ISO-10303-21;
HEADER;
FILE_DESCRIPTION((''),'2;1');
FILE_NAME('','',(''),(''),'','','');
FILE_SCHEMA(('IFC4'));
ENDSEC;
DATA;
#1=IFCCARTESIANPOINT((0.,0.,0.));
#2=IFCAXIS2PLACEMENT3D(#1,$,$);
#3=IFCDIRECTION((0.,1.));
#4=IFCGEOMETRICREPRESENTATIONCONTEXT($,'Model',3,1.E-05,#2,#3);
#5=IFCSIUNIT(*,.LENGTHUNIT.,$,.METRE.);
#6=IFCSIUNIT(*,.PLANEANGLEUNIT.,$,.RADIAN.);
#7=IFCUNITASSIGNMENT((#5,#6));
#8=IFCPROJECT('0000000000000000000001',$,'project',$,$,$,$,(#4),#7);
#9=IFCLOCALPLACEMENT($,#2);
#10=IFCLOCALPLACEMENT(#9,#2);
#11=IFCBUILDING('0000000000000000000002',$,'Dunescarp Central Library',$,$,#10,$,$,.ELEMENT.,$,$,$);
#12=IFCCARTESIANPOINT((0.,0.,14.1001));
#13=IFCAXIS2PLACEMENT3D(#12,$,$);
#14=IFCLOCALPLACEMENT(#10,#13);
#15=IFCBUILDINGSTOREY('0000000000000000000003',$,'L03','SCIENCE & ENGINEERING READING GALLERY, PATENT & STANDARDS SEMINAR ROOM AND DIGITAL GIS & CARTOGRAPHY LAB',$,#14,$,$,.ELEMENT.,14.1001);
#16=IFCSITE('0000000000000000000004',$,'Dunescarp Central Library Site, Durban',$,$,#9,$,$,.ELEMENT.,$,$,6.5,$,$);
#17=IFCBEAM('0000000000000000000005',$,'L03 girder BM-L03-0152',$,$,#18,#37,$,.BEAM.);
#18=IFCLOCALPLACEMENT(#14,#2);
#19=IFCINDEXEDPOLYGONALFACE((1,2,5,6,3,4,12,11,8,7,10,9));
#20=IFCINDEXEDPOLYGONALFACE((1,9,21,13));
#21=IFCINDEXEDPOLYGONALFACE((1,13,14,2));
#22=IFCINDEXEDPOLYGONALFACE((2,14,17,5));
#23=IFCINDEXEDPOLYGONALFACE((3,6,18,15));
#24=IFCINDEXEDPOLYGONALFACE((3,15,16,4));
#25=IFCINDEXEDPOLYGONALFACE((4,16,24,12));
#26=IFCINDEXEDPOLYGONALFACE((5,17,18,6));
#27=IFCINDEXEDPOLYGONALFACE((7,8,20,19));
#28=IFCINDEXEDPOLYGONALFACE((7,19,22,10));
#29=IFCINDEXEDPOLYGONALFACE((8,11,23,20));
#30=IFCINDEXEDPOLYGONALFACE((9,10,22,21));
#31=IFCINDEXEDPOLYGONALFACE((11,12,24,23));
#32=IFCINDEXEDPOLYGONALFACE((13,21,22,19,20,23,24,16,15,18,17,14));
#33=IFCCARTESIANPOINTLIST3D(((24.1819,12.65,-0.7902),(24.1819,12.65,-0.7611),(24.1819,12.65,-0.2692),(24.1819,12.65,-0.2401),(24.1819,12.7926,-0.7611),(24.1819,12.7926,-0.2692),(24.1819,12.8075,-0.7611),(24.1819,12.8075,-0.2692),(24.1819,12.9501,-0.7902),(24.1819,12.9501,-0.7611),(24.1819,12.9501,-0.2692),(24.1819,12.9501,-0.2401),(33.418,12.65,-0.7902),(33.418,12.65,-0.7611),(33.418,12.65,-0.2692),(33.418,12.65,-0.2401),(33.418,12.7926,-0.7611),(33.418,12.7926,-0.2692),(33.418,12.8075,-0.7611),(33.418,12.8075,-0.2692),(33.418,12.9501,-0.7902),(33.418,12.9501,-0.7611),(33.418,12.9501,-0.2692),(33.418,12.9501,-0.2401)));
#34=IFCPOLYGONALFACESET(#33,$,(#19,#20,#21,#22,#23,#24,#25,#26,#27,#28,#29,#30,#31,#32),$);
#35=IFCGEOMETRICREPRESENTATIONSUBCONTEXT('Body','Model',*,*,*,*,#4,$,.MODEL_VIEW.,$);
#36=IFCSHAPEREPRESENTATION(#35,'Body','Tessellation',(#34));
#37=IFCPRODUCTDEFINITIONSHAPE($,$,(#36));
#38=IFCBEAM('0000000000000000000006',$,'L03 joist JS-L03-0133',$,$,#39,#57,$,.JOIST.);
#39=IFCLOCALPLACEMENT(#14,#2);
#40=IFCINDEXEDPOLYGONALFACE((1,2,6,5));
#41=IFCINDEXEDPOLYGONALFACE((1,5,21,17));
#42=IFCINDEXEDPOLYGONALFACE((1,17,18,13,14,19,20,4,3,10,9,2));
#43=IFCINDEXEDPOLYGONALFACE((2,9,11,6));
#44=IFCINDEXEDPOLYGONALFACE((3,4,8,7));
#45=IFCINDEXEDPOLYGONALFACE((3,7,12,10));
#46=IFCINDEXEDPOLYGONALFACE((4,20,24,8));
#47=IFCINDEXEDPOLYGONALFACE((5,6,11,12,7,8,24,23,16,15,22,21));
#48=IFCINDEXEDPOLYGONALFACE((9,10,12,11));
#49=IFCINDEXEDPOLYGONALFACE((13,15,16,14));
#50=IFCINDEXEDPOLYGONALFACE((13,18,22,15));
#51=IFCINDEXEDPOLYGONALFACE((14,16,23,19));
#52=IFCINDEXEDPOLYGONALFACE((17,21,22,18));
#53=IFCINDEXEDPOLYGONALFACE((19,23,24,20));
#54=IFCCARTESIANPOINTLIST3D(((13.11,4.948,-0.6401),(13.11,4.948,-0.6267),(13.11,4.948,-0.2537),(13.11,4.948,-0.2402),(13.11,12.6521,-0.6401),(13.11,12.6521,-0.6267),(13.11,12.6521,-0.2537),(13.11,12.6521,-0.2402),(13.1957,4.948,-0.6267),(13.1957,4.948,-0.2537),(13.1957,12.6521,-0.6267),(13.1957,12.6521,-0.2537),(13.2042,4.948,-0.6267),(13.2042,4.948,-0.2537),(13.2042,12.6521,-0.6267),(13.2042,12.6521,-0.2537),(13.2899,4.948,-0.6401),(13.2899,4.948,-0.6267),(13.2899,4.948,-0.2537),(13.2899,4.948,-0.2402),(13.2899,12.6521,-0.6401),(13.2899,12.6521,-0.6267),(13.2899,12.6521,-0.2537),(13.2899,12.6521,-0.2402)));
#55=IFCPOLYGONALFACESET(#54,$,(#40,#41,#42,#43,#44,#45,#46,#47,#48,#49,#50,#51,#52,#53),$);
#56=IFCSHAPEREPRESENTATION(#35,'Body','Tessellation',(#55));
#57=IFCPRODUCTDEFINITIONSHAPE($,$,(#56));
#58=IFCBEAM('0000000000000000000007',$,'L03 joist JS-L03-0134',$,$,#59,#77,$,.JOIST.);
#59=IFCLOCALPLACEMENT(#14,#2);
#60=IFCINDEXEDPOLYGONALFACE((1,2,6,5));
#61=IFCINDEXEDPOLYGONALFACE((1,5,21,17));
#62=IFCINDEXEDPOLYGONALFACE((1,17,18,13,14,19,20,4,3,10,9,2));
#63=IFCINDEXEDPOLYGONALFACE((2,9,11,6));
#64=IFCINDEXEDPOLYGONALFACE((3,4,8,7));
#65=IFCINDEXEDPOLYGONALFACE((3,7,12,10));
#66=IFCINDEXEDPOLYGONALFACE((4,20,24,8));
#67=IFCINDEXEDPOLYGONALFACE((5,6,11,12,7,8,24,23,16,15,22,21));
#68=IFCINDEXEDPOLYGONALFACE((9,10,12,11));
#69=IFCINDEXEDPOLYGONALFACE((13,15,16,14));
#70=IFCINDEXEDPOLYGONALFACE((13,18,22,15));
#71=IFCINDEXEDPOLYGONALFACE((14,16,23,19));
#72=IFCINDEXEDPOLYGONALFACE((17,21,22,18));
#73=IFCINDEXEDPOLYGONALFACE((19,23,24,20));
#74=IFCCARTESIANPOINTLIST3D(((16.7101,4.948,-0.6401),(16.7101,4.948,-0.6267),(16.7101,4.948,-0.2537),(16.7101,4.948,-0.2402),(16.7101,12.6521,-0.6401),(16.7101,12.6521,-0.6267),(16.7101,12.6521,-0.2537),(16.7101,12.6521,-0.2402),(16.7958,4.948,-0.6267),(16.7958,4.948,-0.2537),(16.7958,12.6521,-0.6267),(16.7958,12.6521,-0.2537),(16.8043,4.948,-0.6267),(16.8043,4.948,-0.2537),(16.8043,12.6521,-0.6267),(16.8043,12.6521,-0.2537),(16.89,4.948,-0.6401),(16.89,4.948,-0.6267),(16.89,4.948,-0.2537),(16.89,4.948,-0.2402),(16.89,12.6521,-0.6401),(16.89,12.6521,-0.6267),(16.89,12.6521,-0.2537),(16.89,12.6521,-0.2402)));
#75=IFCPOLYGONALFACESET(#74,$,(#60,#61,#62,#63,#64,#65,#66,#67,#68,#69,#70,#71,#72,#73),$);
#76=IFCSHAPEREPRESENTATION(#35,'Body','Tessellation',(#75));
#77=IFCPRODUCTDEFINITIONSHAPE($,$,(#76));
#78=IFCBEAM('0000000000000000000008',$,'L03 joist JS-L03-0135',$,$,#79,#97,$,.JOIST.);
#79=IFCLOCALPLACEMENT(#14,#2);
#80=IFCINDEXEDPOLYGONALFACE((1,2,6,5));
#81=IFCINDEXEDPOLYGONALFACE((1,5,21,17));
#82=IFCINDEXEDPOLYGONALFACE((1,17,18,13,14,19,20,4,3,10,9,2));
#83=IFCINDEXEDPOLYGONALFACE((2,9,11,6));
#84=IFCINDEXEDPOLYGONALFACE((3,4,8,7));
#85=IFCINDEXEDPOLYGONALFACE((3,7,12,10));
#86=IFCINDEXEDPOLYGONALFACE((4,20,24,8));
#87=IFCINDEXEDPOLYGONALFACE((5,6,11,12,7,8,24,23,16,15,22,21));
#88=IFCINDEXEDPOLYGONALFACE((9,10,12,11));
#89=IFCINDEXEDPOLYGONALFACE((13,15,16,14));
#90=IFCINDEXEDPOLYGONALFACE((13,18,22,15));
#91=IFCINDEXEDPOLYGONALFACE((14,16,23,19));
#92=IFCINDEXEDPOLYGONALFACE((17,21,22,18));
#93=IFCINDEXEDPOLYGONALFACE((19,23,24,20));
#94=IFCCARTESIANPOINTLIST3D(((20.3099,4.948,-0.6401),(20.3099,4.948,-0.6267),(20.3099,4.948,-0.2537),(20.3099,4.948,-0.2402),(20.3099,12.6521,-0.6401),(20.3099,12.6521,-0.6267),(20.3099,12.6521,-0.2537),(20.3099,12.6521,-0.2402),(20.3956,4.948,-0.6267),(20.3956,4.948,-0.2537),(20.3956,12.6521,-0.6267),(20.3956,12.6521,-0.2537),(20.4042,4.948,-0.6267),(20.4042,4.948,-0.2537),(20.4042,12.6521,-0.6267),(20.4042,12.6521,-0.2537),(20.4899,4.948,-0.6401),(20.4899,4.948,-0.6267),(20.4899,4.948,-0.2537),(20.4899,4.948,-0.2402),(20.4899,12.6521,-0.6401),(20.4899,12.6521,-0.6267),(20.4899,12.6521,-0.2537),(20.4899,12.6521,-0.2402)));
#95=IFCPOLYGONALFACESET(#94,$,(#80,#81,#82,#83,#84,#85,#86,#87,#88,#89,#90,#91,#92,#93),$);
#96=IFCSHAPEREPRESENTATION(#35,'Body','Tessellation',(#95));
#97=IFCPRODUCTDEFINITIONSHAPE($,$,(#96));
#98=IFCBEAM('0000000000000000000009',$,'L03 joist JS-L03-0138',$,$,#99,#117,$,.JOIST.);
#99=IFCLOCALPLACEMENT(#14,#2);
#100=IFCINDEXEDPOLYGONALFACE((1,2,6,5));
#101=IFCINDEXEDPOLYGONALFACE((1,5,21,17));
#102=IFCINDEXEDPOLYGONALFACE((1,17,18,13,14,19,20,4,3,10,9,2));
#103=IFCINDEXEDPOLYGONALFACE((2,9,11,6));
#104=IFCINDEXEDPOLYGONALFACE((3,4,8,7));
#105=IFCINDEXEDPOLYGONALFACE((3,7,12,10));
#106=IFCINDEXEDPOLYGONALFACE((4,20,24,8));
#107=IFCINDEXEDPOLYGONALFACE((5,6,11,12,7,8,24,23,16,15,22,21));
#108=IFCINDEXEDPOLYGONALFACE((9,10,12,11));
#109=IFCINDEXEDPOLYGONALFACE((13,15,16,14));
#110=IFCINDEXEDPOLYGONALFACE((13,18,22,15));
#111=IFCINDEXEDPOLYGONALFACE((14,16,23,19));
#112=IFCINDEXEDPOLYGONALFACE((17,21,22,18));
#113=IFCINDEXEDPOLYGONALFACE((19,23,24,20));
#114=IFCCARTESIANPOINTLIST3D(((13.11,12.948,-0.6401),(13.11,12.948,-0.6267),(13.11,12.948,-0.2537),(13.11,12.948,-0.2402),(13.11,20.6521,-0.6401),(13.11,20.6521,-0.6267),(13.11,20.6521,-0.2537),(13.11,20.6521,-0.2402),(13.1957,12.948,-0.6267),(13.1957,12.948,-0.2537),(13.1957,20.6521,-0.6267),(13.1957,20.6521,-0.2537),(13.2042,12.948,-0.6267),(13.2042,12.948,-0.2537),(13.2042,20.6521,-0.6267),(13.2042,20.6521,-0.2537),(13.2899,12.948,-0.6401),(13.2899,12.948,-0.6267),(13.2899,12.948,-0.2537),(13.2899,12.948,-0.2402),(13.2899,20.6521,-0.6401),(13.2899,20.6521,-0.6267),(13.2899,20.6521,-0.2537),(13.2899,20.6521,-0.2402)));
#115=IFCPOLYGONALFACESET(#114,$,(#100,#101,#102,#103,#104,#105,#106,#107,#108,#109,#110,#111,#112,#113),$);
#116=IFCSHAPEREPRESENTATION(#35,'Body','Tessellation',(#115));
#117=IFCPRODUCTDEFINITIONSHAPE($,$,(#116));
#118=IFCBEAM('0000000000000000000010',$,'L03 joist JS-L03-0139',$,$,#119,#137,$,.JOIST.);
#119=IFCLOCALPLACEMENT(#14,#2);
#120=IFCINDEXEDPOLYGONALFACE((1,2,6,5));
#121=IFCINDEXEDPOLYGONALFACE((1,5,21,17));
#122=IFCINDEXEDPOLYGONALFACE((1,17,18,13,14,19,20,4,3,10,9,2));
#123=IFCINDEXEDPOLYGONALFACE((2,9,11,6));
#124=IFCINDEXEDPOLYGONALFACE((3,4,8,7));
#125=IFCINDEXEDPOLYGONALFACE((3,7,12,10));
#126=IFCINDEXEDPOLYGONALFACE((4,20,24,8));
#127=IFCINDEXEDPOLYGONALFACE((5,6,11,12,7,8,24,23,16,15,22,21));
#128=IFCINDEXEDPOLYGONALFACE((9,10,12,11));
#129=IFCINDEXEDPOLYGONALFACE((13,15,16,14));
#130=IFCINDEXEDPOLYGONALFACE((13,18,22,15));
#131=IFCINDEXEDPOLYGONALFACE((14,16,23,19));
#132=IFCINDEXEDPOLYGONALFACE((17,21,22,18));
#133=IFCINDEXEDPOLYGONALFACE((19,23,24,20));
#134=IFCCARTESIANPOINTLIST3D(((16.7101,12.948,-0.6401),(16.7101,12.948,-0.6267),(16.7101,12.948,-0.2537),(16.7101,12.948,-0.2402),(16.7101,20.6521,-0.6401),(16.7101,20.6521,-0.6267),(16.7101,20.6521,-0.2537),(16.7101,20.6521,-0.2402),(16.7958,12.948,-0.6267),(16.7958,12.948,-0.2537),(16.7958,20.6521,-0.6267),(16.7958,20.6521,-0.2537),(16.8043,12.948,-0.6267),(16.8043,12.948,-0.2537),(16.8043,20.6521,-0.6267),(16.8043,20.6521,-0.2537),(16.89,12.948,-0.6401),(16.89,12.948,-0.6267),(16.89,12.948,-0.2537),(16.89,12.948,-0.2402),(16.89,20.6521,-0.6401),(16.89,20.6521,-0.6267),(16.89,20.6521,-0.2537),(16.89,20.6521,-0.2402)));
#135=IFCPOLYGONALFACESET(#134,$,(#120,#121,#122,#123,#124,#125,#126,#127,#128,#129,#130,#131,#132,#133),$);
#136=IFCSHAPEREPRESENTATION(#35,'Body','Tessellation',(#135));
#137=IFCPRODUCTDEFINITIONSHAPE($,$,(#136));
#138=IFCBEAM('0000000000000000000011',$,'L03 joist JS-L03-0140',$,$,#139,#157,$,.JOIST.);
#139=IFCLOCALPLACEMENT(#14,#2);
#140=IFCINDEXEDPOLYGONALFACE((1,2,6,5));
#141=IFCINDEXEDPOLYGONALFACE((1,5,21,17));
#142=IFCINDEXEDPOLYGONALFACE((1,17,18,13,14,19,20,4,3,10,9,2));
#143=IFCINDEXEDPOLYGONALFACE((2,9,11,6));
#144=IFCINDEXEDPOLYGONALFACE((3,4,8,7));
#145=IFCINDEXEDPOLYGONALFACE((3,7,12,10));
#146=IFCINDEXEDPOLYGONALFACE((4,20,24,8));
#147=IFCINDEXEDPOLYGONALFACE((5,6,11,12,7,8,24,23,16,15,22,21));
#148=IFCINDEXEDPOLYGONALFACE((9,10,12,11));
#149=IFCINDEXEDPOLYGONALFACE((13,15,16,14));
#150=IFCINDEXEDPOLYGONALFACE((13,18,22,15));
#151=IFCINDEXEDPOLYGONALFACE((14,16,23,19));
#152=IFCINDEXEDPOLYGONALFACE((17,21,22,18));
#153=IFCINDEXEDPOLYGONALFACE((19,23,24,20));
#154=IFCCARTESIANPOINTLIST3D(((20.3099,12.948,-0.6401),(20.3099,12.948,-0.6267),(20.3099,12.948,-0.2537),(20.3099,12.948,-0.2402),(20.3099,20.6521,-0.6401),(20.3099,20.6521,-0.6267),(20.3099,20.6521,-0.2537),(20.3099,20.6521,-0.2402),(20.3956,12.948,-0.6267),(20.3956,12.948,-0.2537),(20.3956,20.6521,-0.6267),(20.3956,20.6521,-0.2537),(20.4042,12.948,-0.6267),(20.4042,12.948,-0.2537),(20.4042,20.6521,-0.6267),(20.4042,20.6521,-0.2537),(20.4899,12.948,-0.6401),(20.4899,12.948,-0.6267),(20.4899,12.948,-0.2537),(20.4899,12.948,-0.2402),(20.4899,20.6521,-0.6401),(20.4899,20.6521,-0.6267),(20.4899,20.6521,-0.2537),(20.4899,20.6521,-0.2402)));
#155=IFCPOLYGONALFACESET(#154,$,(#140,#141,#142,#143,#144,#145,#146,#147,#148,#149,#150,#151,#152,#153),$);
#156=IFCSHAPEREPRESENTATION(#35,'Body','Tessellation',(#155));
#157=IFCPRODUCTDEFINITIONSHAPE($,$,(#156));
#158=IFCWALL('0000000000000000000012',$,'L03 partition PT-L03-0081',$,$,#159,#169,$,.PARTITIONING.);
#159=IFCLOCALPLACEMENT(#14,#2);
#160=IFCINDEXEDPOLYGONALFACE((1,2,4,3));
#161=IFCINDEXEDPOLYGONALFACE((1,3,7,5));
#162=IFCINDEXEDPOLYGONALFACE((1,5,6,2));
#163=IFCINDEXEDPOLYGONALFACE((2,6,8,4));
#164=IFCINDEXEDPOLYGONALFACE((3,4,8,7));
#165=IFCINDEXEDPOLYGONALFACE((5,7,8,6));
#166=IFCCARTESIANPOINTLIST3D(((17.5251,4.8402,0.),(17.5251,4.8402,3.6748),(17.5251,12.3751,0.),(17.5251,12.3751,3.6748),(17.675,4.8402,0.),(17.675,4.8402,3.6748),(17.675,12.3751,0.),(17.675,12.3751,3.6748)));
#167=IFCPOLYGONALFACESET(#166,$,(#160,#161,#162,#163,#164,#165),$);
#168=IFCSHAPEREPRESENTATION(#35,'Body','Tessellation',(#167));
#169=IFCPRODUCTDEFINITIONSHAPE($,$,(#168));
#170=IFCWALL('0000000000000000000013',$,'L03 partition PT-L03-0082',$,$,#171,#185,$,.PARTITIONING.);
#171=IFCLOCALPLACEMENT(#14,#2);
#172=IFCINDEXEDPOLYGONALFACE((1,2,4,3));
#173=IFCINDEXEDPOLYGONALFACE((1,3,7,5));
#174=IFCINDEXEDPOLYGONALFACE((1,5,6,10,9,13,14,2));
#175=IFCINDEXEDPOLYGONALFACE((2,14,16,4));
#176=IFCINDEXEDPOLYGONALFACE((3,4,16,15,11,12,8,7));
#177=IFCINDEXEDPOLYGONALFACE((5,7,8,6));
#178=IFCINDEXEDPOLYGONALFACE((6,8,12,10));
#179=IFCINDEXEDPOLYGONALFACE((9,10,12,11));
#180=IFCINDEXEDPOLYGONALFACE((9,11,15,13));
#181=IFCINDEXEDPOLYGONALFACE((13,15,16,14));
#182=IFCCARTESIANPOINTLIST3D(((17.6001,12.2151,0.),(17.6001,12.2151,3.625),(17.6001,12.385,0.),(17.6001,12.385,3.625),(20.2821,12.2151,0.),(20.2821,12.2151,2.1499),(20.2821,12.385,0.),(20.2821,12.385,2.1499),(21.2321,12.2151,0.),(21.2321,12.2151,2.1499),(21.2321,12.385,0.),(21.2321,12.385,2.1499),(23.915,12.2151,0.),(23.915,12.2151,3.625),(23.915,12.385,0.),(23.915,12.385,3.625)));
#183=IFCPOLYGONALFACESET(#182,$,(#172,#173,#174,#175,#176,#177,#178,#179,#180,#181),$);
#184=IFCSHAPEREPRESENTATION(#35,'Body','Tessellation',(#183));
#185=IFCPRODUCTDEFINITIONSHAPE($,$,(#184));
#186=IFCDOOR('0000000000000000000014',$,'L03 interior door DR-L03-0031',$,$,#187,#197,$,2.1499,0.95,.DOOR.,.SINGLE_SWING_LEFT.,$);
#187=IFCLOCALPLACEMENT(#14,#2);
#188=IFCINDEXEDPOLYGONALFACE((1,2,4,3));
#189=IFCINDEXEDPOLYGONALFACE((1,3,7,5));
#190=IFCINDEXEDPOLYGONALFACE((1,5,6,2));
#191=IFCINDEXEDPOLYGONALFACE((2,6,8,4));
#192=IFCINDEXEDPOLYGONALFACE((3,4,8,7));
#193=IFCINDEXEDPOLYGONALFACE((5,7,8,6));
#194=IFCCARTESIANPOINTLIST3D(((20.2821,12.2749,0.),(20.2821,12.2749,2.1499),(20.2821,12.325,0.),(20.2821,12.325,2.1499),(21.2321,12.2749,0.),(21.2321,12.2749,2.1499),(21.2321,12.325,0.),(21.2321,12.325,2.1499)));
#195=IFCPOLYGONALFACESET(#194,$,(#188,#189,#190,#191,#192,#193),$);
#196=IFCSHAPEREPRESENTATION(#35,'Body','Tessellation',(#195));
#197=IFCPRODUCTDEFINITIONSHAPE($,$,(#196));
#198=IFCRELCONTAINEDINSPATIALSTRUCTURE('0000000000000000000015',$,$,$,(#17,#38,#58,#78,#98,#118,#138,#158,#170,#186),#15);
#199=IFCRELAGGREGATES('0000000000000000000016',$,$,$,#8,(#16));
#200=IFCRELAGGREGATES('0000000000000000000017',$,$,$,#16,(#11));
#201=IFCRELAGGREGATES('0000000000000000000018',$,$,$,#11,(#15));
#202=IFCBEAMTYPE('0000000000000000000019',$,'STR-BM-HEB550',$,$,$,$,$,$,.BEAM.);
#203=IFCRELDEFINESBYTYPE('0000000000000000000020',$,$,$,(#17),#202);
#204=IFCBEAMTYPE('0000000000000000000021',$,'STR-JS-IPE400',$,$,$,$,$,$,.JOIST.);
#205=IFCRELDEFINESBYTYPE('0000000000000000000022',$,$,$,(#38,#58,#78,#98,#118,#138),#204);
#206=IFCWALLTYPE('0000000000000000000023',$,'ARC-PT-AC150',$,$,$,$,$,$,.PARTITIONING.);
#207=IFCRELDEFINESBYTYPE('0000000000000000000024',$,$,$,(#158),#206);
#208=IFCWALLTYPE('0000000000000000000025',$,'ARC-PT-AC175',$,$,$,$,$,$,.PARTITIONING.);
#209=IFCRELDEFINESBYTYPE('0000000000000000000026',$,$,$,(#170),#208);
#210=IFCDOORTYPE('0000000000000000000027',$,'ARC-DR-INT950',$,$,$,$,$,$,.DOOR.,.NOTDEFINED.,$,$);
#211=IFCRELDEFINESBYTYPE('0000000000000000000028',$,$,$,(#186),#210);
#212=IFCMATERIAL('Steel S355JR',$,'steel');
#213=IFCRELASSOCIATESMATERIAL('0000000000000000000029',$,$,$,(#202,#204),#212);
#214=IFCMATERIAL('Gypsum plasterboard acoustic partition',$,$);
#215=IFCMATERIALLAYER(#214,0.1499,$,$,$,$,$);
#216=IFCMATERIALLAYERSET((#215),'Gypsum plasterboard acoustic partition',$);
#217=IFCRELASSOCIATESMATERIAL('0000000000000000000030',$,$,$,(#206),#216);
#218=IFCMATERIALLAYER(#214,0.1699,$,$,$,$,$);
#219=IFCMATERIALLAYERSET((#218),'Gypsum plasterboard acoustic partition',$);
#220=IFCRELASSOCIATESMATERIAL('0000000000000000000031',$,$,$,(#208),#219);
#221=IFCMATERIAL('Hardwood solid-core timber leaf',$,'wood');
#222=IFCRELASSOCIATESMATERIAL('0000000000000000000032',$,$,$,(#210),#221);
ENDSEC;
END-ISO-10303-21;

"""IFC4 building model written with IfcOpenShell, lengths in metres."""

from ifc_helpers import new_model, si_unit, direction, frame, frame_2d, origin, origin_2d, place, context, subcontext, project, spatial, rectangle, i_section, extrude, material, layer, layer_set, material_profile, profile_set, type_object, element, fill, save


model = new_model("IFC4")

# Units and contexts
model_context = context("Model", 3, precision=1e-05, world=origin(), true_north=direction((0.0, 1.0)))
body_context = subcontext(model_context, "Body", "Model", "MODEL_VIEW")
ifc_project = project(units=[si_unit("LENGTHUNIT", "METRE"), si_unit("PLANEANGLEUNIT", "RADIAN")], contexts=[model_context])

# Site, building, storey
site_placement = place(None, origin())
site = spatial("IfcSite", under=ifc_project, at=site_placement, Name="Dunescarp Central Library Site, Durban", CompositionType="ELEMENT", RefElevation=6.5)
building_placement = place(site_placement, origin())
building = spatial("IfcBuilding", under=site, at=building_placement, Name="Dunescarp Central Library", CompositionType="ELEMENT")
storey_placement = place(building_placement, frame((0.0, 0.0, 14.1001)))
storey = spatial("IfcBuildingStorey", under=building, at=storey_placement, Name="L03", Description="SCIENCE & ENGINEERING READING GALLERY, PATENT & STANDARDS SEMINAR ROOM AND DIGITAL GIS & CARTOGRAPHY LAB", CompositionType="ELEMENT", Elevation=14.1001)

# Shared definitions
ifc_material_1 = material(Name="Steel S355JR", Category="steel")

# Beams
ifc_material_profile_1 = material_profile(ifc_material_1, i_section(OverallWidth=0.3, OverallDepth=0.55, WebThickness=0.0149, FlangeThickness=0.0291, at=origin_2d()), Name="HEB 550")
ifc_profile_set_1 = profile_set([ifc_material_profile_1], Name="Steel S355JR")
beam_type_1 = type_object("IfcBeamType", Name="STR-BM-HEB550", PredefinedType="BEAM", material=ifc_profile_set_1)
for number, where, z_axis, x_axis, name in (
    (1, (24.1819, 12.8, -0.5151), (1.0, 0.0, 0.0), (0.0, 1.0, 0.0), "L03 girder BM-L03-0152"),
):
    element("IfcBeam", number, at=place(storey_placement, frame(where, z_axis=z_axis, x_axis=x_axis)), inside=storey, type_object=beam_type_1, Name=name, PredefinedType="BEAM", context=body_context, shape_type="SweptSolid", body=[
        extrude(i_section(OverallWidth=0.3, OverallDepth=0.55, WebThickness=0.0149, FlangeThickness=0.0291, at=origin_2d()), origin(), (0.0, 0.0, 1.0), 9.2361),
    ])
ifc_material_profile_2 = material_profile(ifc_material_1, i_section(OverallWidth=0.1799, OverallDepth=0.3999, WebThickness=0.0085, FlangeThickness=0.0134, at=origin_2d()), Name="IPE 400")
ifc_profile_set_2 = profile_set([ifc_material_profile_2], Name="Steel S355JR")
beam_type_2 = type_object("IfcBeamType", Name="STR-JS-IPE400", PredefinedType="JOIST", material=ifc_profile_set_2)
for number, where, z_axis, x_axis, name in (
    (2, (13.2, 4.948, -0.4402), (0.0, 1.0, 0.0), (-1.0, 0.0, 0.0), "L03 joist JS-L03-0133"),
    (3, (16.8, 4.948, -0.4402), (0.0, 1.0, 0.0), (-1.0, 0.0, 0.0), "L03 joist JS-L03-0134"),
    (4, (20.3999, 4.948, -0.4402), (0.0, 1.0, 0.0), (-1.0, 0.0, 0.0), "L03 joist JS-L03-0135"),
    (5, (13.2, 12.948, -0.4402), (0.0, 1.0, 0.0), (-1.0, 0.0, 0.0), "L03 joist JS-L03-0138"),
    (6, (16.8, 12.948, -0.4402), (0.0, 1.0, 0.0), (-1.0, 0.0, 0.0), "L03 joist JS-L03-0139"),
    (7, (20.3999, 12.948, -0.4402), (0.0, 1.0, 0.0), (-1.0, 0.0, 0.0), "L03 joist JS-L03-0140"),
):
    element("IfcBeam", number, at=place(storey_placement, frame(where, z_axis=z_axis, x_axis=x_axis)), inside=storey, type_object=beam_type_2, Name=name, PredefinedType="JOIST", context=body_context, shape_type="SweptSolid", body=[
        extrude(i_section(OverallWidth=0.1799, OverallDepth=0.3999, WebThickness=0.0085, FlangeThickness=0.0134, at=origin_2d()), origin(), (0.0, 0.0, 1.0), 7.7041),
    ])

# Wall
ifc_material_2 = material(Name="Gypsum plasterboard acoustic partition")
ifc_layer_1 = layer(ifc_material_2, 0.1499)
ifc_layer_set_1 = layer_set([ifc_layer_1], Name="Gypsum plasterboard acoustic partition")
wall_type_1 = type_object("IfcWallType", Name="ARC-PT-AC150", PredefinedType="PARTITIONING", material=ifc_layer_set_1)
wall_1_placement = place(storey_placement, frame((17.6001, 4.8401, 0.0), z_axis=(0.0, 0.0, 1.0), x_axis=(0.0, 1.0, 0.0)))
element("IfcWall", 8, at=wall_1_placement, inside=storey, type_object=wall_type_1, Name="L03 partition PT-L03-0081", PredefinedType="PARTITIONING", context=body_context, shape_type="SweptSolid", body=[
    extrude(rectangle(XDim=7.5349, YDim=0.1499, at=frame_2d((3.7676, 0.0))), origin(), (0.0, 0.0, 1.0), 3.6748),
])

# Wall, opening, door
ifc_layer_2 = layer(ifc_material_2, 0.1699)
ifc_layer_set_2 = layer_set([ifc_layer_2], Name="Gypsum plasterboard acoustic partition")
wall_type_2 = type_object("IfcWallType", Name="ARC-PT-AC175", PredefinedType="PARTITIONING", material=ifc_layer_set_2)
wall_2_placement = place(storey_placement, frame((17.6001, 12.3, 0.0), z_axis=(0.0, 0.0, 1.0), x_axis=(1.0, 0.0, 0.0)))
wall_2 = element("IfcWall", 9, at=wall_2_placement, inside=storey, type_object=wall_type_2, Name="L03 partition PT-L03-0082", PredefinedType="PARTITIONING", context=body_context, shape_type="SweptSolid", body=[
    extrude(rectangle(XDim=6.3149, YDim=0.1699, at=frame_2d((3.1575, 0.0))), origin(), (0.0, 0.0, 1.0), 3.625),
])
opening_1_placement = place(wall_2_placement, frame((2.6819, 0.0, 0.0)))
opening_1 = element("IfcOpeningElement", 10, at=opening_1_placement, cuts=wall_2, PredefinedType="OPENING", context=body_context, shape_type="SweptSolid", body=[
    extrude(rectangle(XDim=0.95, YDim=2.1499, at=frame_2d((0.4751, 1.075))), frame((0.0, 0.095, 0.0), z_axis=(0.0, -1.0, 0.0), x_axis=(1.0, 0.0, 0.0)), (0.0, 0.0, 1.0), 0.1899),
])
ifc_material_3 = material(Name="Hardwood solid-core timber leaf", Category="wood")
door_type_1 = type_object("IfcDoorType", Name="ARC-DR-INT950", OperationType="NOTDEFINED", PredefinedType="DOOR", material=ifc_material_3)
door_1_placement = place(opening_1_placement, origin())
door_1 = element("IfcDoor", 11, at=door_1_placement, inside=storey, type_object=door_type_1, Name="L03 interior door DR-L03-0031", OperationType="SINGLE_SWING_LEFT", OverallHeight=2.1499, OverallWidth=0.95, PredefinedType="DOOR", context=body_context, shape_type="SweptSolid", body=[
    extrude(rectangle(XDim=0.95, YDim=2.1499, at=frame_2d((0.4751, 1.075))), frame((0.0, 0.0249, 0.0), z_axis=(0.0, -1.0, 0.0), x_axis=(1.0, 0.0, 0.0)), (0.0, 0.0, 1.0), 0.05),
])
fill(opening_1, door_1)

save(model, "model.ifc")
